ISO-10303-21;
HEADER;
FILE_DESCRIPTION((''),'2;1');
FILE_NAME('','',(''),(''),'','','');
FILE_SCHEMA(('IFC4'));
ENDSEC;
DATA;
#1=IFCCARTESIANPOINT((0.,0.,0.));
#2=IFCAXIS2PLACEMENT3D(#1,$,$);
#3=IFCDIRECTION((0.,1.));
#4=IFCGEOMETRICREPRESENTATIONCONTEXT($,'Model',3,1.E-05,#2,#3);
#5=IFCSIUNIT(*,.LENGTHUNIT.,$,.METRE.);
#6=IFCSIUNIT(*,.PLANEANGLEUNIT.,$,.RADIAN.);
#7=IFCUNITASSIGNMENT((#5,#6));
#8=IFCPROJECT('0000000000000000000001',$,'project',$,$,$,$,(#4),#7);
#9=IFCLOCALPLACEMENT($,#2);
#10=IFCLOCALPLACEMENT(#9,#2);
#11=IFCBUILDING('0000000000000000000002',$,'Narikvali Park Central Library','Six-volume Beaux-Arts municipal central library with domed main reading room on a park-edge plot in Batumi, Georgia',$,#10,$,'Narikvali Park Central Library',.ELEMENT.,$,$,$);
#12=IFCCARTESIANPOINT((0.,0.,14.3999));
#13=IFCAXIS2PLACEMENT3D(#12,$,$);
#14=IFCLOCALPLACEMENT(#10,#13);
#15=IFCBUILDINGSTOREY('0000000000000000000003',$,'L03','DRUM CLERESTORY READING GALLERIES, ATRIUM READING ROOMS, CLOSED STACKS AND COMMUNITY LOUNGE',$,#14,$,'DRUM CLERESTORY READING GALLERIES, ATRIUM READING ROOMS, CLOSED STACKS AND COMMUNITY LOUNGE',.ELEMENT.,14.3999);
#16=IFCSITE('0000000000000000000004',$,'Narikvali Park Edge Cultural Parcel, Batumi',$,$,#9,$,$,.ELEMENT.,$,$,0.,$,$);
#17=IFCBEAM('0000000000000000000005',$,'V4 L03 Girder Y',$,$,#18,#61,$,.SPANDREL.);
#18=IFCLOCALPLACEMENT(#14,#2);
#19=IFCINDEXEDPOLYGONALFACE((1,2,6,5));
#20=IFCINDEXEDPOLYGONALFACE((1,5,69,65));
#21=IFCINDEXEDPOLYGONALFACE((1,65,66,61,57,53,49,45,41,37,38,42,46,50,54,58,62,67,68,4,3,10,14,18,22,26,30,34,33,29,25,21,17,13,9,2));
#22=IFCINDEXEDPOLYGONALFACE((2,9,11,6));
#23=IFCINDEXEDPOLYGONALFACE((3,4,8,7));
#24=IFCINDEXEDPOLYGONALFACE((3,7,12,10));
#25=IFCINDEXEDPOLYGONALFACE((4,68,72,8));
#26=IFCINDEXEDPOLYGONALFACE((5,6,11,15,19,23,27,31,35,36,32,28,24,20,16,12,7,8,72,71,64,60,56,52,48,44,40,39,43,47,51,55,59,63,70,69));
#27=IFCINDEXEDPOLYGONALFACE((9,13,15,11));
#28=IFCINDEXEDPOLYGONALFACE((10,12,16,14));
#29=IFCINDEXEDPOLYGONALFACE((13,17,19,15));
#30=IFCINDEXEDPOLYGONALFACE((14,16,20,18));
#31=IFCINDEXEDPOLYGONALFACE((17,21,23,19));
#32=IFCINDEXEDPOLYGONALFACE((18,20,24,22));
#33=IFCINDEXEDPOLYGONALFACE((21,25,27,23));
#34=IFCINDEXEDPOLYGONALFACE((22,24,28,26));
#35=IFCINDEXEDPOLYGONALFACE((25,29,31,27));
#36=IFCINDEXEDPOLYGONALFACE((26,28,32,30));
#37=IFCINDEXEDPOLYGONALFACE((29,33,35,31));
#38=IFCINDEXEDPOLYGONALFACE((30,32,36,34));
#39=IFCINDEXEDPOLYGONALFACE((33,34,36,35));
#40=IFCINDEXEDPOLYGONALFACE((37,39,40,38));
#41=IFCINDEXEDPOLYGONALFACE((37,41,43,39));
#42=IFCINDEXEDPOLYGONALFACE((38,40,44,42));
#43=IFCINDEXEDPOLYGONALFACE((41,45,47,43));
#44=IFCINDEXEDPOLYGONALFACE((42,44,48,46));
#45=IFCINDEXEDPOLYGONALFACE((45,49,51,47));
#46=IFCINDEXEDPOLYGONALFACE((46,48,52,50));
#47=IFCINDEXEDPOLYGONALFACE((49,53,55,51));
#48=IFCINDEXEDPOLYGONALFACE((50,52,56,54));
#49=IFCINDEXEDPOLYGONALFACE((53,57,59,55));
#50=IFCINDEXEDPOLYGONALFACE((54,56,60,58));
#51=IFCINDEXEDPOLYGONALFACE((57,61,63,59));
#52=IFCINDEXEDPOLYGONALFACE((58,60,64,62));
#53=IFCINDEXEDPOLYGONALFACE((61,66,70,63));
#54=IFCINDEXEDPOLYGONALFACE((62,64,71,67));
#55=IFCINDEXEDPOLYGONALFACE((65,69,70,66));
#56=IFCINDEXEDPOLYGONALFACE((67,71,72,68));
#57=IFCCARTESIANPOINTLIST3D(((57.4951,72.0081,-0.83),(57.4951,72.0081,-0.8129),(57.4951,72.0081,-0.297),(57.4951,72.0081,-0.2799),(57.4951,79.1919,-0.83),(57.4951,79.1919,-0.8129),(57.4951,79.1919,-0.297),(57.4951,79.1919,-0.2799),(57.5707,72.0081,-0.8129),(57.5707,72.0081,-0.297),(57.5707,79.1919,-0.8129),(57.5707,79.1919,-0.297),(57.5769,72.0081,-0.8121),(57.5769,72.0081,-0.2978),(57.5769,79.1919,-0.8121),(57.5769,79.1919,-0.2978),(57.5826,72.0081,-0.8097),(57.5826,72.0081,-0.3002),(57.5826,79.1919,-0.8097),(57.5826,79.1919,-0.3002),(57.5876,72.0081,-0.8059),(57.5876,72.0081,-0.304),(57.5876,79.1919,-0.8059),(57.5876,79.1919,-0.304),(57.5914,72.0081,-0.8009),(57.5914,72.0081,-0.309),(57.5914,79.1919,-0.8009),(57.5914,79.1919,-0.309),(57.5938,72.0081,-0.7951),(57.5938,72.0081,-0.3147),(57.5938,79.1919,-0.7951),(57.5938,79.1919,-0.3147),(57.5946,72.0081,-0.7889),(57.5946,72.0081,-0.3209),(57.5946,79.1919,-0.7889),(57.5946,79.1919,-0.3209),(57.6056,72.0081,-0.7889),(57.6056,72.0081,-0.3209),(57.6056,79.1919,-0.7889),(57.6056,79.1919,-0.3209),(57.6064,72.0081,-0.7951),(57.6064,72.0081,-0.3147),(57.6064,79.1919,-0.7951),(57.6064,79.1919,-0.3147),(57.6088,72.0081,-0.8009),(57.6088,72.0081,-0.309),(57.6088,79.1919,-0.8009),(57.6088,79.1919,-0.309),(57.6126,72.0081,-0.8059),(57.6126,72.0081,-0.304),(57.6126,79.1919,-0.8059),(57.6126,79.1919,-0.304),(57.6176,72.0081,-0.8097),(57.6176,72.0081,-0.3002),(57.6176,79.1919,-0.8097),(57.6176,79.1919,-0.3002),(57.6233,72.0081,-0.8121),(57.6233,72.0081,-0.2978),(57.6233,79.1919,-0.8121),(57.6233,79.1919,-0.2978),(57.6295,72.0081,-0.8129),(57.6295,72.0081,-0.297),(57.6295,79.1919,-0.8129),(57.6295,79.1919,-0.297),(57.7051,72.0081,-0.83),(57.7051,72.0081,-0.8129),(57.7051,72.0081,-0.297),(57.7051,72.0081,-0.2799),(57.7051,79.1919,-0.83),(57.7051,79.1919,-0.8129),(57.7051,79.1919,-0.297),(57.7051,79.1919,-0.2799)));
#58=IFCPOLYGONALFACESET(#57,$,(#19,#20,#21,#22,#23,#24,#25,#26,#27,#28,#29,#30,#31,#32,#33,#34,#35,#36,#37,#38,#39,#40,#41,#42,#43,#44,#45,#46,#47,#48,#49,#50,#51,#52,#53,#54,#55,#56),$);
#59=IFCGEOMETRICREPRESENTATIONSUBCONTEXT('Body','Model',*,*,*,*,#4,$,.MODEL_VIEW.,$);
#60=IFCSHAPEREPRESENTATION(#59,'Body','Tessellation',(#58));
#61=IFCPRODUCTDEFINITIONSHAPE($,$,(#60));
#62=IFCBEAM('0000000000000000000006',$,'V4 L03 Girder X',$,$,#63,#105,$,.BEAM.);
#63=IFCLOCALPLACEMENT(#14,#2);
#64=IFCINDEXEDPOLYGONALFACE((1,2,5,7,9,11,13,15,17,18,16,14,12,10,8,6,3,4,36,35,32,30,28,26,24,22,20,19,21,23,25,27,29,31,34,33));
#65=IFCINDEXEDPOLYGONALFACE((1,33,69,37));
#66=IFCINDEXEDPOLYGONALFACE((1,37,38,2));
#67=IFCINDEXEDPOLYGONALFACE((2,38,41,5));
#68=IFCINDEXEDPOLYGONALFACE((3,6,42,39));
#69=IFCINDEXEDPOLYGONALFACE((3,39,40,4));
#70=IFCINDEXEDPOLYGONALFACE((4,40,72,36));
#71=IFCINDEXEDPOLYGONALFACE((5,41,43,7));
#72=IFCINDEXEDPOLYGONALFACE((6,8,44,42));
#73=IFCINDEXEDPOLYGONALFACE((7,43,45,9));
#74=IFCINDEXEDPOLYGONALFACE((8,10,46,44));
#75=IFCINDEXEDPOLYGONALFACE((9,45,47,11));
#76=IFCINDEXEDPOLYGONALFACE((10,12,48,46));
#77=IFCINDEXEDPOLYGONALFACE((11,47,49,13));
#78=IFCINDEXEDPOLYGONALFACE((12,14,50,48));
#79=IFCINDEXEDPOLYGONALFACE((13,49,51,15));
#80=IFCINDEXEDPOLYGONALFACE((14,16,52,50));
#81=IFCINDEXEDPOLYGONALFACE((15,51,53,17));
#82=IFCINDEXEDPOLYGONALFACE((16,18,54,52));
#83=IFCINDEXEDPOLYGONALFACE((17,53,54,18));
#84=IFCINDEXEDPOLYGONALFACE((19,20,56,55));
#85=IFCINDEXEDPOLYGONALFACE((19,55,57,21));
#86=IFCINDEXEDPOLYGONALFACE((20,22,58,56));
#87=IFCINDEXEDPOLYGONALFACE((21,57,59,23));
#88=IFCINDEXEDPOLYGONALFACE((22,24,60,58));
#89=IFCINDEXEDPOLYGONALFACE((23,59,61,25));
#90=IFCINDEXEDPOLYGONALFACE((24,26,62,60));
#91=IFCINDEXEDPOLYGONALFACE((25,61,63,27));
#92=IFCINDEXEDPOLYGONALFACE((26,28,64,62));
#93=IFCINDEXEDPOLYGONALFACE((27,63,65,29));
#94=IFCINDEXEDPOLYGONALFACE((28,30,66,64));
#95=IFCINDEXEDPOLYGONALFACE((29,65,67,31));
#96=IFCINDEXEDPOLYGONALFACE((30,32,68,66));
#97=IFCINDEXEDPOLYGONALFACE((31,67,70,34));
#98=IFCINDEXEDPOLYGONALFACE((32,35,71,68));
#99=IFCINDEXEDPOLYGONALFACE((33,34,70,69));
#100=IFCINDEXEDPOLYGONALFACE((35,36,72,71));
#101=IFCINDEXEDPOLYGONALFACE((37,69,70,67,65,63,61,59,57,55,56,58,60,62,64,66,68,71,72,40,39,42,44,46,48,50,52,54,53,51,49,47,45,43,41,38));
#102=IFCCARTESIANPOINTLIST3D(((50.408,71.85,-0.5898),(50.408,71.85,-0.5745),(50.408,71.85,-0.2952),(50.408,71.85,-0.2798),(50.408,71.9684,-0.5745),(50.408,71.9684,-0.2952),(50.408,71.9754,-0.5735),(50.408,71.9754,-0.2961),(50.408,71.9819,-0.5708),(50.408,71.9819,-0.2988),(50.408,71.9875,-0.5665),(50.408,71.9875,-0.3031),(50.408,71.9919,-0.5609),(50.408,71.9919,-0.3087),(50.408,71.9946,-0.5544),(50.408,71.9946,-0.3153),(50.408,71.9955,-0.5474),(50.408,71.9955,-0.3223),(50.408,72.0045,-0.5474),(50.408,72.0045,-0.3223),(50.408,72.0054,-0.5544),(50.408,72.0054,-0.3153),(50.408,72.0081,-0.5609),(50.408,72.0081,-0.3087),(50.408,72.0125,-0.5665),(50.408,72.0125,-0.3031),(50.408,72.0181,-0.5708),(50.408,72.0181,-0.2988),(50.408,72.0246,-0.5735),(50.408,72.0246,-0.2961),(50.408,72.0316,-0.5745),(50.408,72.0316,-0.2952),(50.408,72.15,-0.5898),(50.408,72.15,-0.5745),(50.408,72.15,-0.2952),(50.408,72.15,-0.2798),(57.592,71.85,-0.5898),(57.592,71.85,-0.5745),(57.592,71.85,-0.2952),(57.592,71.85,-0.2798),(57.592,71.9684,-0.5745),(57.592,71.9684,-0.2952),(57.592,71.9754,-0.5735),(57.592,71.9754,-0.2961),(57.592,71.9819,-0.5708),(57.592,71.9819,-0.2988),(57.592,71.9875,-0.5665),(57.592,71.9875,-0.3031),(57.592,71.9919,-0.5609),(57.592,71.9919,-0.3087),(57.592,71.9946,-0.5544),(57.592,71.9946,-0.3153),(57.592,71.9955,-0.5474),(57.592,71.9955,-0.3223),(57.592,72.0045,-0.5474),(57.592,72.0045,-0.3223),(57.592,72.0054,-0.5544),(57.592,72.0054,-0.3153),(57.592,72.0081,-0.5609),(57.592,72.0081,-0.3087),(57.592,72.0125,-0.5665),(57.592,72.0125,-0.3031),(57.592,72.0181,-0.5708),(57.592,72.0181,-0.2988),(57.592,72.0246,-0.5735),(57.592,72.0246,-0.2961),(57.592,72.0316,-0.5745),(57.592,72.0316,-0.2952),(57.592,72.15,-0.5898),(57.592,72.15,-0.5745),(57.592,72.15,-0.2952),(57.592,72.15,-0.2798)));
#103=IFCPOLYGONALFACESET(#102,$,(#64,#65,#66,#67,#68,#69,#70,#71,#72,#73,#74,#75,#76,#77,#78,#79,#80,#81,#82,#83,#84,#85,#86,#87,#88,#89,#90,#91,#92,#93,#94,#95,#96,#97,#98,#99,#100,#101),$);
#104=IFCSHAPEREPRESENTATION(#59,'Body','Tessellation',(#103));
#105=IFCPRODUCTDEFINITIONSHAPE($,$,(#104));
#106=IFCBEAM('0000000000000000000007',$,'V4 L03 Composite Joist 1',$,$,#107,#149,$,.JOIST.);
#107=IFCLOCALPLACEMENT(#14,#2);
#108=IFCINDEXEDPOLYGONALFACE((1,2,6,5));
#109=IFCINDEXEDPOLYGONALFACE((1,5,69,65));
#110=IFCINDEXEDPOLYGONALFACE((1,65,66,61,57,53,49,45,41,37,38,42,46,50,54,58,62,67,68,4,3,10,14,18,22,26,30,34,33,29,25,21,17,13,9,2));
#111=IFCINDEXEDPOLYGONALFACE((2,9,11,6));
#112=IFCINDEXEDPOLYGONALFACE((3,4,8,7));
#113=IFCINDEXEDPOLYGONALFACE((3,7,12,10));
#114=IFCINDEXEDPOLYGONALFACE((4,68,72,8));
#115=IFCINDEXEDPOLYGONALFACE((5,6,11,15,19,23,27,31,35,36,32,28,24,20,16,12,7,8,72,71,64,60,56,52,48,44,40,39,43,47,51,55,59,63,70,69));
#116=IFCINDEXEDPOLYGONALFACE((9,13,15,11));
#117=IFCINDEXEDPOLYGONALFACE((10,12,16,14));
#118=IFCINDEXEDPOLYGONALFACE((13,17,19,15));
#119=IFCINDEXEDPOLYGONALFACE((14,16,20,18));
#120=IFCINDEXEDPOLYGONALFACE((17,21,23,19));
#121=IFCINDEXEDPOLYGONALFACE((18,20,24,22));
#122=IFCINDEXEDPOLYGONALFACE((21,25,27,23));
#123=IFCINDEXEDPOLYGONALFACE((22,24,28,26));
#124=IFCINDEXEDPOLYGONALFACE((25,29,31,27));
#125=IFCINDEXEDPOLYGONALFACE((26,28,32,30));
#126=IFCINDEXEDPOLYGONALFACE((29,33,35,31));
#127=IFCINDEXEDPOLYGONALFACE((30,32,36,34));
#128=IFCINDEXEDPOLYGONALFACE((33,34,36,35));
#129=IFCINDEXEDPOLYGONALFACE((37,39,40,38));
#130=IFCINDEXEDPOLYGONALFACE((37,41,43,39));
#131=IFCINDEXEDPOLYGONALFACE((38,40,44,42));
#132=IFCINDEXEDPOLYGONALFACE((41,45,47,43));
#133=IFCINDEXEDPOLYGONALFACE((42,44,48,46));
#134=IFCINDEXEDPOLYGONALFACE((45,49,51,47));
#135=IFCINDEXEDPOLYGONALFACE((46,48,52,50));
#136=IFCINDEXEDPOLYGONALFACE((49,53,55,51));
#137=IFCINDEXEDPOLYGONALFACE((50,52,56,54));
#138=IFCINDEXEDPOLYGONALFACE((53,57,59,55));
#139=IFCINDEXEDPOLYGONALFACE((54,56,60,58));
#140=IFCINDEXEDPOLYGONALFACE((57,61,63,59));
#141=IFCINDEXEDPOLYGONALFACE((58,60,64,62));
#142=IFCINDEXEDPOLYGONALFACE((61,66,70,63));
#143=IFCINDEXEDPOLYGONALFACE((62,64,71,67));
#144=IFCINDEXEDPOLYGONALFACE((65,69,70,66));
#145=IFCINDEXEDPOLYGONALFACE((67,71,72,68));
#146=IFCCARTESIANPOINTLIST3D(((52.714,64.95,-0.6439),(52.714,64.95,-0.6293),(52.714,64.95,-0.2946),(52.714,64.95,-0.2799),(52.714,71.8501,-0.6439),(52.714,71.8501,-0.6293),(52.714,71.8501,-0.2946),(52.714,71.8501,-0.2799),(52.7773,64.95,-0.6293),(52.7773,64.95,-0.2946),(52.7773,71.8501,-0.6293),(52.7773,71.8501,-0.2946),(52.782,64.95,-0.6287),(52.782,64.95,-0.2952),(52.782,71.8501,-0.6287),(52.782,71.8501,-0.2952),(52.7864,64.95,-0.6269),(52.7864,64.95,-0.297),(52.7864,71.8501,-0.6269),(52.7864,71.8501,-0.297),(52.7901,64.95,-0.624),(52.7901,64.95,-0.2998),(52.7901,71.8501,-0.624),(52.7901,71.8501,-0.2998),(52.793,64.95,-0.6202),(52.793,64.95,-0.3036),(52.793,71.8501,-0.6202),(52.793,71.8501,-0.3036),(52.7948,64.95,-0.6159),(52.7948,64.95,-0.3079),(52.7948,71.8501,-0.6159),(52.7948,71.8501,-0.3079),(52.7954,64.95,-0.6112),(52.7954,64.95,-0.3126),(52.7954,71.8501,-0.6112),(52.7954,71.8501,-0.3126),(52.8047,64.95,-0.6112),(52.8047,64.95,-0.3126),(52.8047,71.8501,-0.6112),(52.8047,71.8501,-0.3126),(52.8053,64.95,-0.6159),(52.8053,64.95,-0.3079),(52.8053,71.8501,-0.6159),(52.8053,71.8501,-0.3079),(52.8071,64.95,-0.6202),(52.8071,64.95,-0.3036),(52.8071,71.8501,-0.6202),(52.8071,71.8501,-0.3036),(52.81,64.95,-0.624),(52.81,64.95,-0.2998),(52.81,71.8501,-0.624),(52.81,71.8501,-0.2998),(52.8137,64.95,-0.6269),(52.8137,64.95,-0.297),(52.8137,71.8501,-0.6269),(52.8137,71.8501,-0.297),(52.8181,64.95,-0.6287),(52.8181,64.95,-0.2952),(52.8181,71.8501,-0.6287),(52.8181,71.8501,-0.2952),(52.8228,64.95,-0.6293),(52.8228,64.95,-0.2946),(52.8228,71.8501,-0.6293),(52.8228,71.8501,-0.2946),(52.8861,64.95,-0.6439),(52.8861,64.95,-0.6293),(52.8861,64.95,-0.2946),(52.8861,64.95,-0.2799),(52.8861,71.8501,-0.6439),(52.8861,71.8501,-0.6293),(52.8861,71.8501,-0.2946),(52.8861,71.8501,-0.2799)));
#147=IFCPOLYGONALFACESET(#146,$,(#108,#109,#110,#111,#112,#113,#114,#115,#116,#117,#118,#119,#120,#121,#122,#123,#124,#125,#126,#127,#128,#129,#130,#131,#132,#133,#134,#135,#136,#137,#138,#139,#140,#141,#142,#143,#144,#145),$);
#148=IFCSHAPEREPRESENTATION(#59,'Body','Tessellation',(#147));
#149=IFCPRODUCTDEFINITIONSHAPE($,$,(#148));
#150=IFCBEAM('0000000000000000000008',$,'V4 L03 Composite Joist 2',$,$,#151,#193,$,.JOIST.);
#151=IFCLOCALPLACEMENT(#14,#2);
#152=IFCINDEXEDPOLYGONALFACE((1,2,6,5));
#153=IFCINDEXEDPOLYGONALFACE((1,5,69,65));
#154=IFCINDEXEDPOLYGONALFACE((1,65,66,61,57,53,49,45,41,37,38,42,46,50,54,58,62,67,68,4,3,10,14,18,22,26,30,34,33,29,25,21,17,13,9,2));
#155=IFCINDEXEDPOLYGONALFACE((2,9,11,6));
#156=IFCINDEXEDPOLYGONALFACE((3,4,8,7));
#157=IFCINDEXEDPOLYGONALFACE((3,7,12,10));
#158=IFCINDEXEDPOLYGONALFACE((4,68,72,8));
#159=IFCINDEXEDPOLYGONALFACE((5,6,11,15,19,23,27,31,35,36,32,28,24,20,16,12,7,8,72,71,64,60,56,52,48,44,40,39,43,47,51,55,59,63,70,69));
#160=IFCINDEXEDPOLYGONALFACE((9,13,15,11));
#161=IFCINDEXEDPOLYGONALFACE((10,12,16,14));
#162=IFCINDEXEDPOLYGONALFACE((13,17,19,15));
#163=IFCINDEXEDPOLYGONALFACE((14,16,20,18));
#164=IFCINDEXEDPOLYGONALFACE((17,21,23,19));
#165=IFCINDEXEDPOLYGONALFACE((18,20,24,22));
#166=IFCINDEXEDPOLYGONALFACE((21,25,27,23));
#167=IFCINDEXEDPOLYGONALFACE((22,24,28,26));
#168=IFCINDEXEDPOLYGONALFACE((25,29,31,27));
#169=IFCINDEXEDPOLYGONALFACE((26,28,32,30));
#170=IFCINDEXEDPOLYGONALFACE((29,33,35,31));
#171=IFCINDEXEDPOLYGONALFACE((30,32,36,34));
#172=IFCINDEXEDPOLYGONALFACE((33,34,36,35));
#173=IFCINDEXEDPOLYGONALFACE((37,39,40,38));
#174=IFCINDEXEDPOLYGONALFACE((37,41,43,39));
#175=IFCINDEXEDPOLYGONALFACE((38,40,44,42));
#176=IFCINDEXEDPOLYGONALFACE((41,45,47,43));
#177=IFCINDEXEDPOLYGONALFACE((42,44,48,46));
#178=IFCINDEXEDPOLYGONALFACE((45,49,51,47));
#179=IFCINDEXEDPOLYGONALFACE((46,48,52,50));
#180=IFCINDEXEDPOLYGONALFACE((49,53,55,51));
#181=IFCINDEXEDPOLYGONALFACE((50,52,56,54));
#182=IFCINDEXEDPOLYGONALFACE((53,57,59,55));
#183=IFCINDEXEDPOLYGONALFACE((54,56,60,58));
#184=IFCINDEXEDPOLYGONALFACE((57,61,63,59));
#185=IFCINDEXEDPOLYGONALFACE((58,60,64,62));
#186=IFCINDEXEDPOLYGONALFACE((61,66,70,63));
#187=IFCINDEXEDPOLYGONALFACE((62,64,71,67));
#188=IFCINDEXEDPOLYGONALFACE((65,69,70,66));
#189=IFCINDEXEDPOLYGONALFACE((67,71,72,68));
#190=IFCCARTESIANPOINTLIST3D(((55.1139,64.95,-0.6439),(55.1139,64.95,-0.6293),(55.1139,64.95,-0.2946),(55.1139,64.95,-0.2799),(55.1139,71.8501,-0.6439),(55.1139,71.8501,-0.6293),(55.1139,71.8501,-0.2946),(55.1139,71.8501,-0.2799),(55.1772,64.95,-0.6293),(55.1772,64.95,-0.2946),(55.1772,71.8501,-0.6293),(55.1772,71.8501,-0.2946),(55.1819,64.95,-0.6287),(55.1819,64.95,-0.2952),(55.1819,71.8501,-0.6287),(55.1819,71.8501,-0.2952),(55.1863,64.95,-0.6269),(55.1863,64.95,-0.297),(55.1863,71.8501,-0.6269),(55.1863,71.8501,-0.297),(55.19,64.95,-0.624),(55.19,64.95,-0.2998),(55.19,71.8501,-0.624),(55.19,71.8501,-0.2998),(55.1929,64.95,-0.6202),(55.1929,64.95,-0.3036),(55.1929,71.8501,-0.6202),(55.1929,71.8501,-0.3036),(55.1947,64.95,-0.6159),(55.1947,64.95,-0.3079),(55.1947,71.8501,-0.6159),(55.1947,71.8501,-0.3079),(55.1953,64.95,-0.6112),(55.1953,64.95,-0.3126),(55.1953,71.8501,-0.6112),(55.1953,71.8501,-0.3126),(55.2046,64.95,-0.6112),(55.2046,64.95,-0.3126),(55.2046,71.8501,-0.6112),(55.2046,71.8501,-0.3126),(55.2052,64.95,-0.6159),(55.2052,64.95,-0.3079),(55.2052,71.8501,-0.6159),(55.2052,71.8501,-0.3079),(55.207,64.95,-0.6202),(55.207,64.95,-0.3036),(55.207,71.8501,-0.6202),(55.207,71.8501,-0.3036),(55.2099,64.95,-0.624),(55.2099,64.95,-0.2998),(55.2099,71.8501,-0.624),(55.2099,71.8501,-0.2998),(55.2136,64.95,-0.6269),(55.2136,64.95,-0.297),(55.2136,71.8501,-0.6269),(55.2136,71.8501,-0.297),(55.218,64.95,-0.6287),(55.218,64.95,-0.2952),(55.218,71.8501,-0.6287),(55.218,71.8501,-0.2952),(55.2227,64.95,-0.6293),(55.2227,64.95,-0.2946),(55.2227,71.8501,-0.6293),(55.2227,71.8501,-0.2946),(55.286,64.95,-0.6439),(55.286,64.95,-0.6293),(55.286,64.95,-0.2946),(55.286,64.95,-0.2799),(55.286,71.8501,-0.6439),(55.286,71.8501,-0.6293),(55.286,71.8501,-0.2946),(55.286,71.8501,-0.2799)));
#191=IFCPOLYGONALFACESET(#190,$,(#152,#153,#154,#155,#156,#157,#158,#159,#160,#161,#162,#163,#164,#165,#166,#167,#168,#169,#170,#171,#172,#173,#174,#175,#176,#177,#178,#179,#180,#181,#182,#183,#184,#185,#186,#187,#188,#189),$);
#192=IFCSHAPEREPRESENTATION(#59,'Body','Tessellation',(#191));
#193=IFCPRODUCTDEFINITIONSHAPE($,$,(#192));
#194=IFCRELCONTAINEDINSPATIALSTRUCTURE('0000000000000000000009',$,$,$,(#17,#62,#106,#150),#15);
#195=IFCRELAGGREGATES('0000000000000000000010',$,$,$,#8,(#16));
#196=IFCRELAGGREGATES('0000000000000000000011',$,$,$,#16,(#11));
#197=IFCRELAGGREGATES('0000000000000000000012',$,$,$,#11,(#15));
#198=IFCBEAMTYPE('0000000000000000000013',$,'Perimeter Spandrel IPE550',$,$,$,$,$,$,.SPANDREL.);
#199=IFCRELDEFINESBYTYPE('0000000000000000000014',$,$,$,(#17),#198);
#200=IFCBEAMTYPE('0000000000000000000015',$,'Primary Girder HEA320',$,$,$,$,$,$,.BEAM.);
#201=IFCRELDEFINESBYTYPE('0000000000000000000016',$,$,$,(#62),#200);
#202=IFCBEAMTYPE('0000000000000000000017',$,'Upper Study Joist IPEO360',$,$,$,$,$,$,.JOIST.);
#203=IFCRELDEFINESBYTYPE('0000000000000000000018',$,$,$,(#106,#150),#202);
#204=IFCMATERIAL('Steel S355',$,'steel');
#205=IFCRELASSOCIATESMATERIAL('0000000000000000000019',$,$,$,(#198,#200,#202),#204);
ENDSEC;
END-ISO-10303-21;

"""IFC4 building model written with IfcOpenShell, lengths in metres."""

from ifc_helpers import new_model, si_unit, direction, frame, origin, origin_2d, place, context, subcontext, project, spatial, i_section, extrude, material, material_profile, profile_set, type_object, element, save


model = new_model("IFC4")

# Units and contexts
model_context = context("Model", 3, precision=1e-05, world=origin(), true_north=direction((0.0, 1.0)))
body_context = subcontext(model_context, "Body", "Model", "MODEL_VIEW")
ifc_project = project(units=[si_unit("LENGTHUNIT", "METRE"), si_unit("PLANEANGLEUNIT", "RADIAN")], contexts=[model_context])

# Site, building, storey
site_placement = place(None, origin())
site = spatial("IfcSite", under=ifc_project, at=site_placement, Name="Narikvali Park Edge Cultural Parcel, Batumi", CompositionType="ELEMENT", RefElevation=0.0)
building_placement = place(site_placement, origin())
building = spatial("IfcBuilding", under=site, at=building_placement, Name="Narikvali Park Central Library", Description="Six-volume Beaux-Arts municipal central library with domed main reading room on a park-edge plot in Batumi, Georgia", LongName="Narikvali Park Central Library", CompositionType="ELEMENT")
storey_placement = place(building_placement, frame((0.0, 0.0, 14.3999)))
storey = spatial("IfcBuildingStorey", under=building, at=storey_placement, Name="L03", Description="DRUM CLERESTORY READING GALLERIES, ATRIUM READING ROOMS, CLOSED STACKS AND COMMUNITY LOUNGE", LongName="DRUM CLERESTORY READING GALLERIES, ATRIUM READING ROOMS, CLOSED STACKS AND COMMUNITY LOUNGE", CompositionType="ELEMENT", Elevation=14.3999)

# Shared definitions
ifc_material_1 = material(Name="Steel S355", Category="steel")

# Beams
ifc_material_profile_1 = material_profile(ifc_material_1, i_section(OverallWidth=0.21, OverallDepth=0.55, WebThickness=0.011, FlangeThickness=0.0171, FilletRadius=0.0239, at=origin_2d()), Name="IPE 550")
ifc_profile_set_1 = profile_set([ifc_material_profile_1], Name="Steel S355")
beam_type_1 = type_object("IfcBeamType", Name="Perimeter Spandrel IPE550", PredefinedType="SPANDREL", material=ifc_profile_set_1)
for number, where, z_axis, x_axis, name in (
    (1, (57.6001, 72.0081, -0.5549), (0.0, 1.0, 0.0), (-1.0, 0.0, 0.0), "V4 L03 Girder Y"),
):
    element("IfcBeam", number, at=place(storey_placement, frame(where, z_axis=z_axis, x_axis=x_axis)), inside=storey, type_object=beam_type_1, Name=name, PredefinedType="SPANDREL", context=body_context, shape_type="SweptSolid", body=[
        extrude(i_section(OverallWidth=0.21, OverallDepth=0.55, WebThickness=0.011, FlangeThickness=0.0171, FilletRadius=0.0239, at=origin_2d()), origin(), (0.0, 0.0, 1.0), 7.1838),
    ])
ifc_material_profile_2 = material_profile(ifc_material_1, i_section(OverallWidth=0.3, OverallDepth=0.3101, WebThickness=0.009, FlangeThickness=0.0154, FilletRadius=0.0271, at=origin_2d()), Name="HEA 320")
ifc_profile_set_2 = profile_set([ifc_material_profile_2], Name="Steel S355")
beam_type_2 = type_object("IfcBeamType", Name="Primary Girder HEA320", PredefinedType="BEAM", material=ifc_profile_set_2)
beam_1_placement = place(storey_placement, frame((50.408, 72.0, -0.4348), z_axis=(1.0, 0.0, 0.0), x_axis=(0.0, 1.0, 0.0)))
element("IfcBeam", 2, at=beam_1_placement, inside=storey, type_object=beam_type_2, Name="V4 L03 Girder X", PredefinedType="BEAM", context=body_context, shape_type="SweptSolid", body=[
    extrude(i_section(OverallWidth=0.3, OverallDepth=0.3101, WebThickness=0.009, FlangeThickness=0.0154, FilletRadius=0.0271, at=origin_2d()), origin(), (0.0, 0.0, 1.0), 7.1841),
])
ifc_material_profile_3 = material_profile(ifc_material_1, i_section(OverallWidth=0.1721, OverallDepth=0.364, WebThickness=0.0093, FlangeThickness=0.0146, FilletRadius=0.0181, at=origin_2d()), Name="IPEO 360")
ifc_profile_set_3 = profile_set([ifc_material_profile_3], Name="Steel S355")
beam_type_3 = type_object("IfcBeamType", Name="Upper Study Joist IPEO360", PredefinedType="JOIST", material=ifc_profile_set_3)
for number, where, z_axis, x_axis, name in (
    (3, (52.8, 64.95, -0.4619), (0.0, 1.0, 0.0), (-1.0, 0.0, 0.0), "V4 L03 Composite Joist 1"),
    (4, (55.2, 64.95, -0.4619), (0.0, 1.0, 0.0), (-1.0, 0.0, 0.0), "V4 L03 Composite Joist 2"),
):
    element("IfcBeam", number, at=place(storey_placement, frame(where, z_axis=z_axis, x_axis=x_axis)), inside=storey, type_object=beam_type_3, Name=name, PredefinedType="JOIST", context=body_context, shape_type="SweptSolid", body=[
        extrude(i_section(OverallWidth=0.1721, OverallDepth=0.364, WebThickness=0.0093, FlangeThickness=0.0146, FilletRadius=0.0181, at=origin_2d()), origin(), (0.0, 0.0, 1.0), 6.9001),
    ])

save(model, "model.ifc")
